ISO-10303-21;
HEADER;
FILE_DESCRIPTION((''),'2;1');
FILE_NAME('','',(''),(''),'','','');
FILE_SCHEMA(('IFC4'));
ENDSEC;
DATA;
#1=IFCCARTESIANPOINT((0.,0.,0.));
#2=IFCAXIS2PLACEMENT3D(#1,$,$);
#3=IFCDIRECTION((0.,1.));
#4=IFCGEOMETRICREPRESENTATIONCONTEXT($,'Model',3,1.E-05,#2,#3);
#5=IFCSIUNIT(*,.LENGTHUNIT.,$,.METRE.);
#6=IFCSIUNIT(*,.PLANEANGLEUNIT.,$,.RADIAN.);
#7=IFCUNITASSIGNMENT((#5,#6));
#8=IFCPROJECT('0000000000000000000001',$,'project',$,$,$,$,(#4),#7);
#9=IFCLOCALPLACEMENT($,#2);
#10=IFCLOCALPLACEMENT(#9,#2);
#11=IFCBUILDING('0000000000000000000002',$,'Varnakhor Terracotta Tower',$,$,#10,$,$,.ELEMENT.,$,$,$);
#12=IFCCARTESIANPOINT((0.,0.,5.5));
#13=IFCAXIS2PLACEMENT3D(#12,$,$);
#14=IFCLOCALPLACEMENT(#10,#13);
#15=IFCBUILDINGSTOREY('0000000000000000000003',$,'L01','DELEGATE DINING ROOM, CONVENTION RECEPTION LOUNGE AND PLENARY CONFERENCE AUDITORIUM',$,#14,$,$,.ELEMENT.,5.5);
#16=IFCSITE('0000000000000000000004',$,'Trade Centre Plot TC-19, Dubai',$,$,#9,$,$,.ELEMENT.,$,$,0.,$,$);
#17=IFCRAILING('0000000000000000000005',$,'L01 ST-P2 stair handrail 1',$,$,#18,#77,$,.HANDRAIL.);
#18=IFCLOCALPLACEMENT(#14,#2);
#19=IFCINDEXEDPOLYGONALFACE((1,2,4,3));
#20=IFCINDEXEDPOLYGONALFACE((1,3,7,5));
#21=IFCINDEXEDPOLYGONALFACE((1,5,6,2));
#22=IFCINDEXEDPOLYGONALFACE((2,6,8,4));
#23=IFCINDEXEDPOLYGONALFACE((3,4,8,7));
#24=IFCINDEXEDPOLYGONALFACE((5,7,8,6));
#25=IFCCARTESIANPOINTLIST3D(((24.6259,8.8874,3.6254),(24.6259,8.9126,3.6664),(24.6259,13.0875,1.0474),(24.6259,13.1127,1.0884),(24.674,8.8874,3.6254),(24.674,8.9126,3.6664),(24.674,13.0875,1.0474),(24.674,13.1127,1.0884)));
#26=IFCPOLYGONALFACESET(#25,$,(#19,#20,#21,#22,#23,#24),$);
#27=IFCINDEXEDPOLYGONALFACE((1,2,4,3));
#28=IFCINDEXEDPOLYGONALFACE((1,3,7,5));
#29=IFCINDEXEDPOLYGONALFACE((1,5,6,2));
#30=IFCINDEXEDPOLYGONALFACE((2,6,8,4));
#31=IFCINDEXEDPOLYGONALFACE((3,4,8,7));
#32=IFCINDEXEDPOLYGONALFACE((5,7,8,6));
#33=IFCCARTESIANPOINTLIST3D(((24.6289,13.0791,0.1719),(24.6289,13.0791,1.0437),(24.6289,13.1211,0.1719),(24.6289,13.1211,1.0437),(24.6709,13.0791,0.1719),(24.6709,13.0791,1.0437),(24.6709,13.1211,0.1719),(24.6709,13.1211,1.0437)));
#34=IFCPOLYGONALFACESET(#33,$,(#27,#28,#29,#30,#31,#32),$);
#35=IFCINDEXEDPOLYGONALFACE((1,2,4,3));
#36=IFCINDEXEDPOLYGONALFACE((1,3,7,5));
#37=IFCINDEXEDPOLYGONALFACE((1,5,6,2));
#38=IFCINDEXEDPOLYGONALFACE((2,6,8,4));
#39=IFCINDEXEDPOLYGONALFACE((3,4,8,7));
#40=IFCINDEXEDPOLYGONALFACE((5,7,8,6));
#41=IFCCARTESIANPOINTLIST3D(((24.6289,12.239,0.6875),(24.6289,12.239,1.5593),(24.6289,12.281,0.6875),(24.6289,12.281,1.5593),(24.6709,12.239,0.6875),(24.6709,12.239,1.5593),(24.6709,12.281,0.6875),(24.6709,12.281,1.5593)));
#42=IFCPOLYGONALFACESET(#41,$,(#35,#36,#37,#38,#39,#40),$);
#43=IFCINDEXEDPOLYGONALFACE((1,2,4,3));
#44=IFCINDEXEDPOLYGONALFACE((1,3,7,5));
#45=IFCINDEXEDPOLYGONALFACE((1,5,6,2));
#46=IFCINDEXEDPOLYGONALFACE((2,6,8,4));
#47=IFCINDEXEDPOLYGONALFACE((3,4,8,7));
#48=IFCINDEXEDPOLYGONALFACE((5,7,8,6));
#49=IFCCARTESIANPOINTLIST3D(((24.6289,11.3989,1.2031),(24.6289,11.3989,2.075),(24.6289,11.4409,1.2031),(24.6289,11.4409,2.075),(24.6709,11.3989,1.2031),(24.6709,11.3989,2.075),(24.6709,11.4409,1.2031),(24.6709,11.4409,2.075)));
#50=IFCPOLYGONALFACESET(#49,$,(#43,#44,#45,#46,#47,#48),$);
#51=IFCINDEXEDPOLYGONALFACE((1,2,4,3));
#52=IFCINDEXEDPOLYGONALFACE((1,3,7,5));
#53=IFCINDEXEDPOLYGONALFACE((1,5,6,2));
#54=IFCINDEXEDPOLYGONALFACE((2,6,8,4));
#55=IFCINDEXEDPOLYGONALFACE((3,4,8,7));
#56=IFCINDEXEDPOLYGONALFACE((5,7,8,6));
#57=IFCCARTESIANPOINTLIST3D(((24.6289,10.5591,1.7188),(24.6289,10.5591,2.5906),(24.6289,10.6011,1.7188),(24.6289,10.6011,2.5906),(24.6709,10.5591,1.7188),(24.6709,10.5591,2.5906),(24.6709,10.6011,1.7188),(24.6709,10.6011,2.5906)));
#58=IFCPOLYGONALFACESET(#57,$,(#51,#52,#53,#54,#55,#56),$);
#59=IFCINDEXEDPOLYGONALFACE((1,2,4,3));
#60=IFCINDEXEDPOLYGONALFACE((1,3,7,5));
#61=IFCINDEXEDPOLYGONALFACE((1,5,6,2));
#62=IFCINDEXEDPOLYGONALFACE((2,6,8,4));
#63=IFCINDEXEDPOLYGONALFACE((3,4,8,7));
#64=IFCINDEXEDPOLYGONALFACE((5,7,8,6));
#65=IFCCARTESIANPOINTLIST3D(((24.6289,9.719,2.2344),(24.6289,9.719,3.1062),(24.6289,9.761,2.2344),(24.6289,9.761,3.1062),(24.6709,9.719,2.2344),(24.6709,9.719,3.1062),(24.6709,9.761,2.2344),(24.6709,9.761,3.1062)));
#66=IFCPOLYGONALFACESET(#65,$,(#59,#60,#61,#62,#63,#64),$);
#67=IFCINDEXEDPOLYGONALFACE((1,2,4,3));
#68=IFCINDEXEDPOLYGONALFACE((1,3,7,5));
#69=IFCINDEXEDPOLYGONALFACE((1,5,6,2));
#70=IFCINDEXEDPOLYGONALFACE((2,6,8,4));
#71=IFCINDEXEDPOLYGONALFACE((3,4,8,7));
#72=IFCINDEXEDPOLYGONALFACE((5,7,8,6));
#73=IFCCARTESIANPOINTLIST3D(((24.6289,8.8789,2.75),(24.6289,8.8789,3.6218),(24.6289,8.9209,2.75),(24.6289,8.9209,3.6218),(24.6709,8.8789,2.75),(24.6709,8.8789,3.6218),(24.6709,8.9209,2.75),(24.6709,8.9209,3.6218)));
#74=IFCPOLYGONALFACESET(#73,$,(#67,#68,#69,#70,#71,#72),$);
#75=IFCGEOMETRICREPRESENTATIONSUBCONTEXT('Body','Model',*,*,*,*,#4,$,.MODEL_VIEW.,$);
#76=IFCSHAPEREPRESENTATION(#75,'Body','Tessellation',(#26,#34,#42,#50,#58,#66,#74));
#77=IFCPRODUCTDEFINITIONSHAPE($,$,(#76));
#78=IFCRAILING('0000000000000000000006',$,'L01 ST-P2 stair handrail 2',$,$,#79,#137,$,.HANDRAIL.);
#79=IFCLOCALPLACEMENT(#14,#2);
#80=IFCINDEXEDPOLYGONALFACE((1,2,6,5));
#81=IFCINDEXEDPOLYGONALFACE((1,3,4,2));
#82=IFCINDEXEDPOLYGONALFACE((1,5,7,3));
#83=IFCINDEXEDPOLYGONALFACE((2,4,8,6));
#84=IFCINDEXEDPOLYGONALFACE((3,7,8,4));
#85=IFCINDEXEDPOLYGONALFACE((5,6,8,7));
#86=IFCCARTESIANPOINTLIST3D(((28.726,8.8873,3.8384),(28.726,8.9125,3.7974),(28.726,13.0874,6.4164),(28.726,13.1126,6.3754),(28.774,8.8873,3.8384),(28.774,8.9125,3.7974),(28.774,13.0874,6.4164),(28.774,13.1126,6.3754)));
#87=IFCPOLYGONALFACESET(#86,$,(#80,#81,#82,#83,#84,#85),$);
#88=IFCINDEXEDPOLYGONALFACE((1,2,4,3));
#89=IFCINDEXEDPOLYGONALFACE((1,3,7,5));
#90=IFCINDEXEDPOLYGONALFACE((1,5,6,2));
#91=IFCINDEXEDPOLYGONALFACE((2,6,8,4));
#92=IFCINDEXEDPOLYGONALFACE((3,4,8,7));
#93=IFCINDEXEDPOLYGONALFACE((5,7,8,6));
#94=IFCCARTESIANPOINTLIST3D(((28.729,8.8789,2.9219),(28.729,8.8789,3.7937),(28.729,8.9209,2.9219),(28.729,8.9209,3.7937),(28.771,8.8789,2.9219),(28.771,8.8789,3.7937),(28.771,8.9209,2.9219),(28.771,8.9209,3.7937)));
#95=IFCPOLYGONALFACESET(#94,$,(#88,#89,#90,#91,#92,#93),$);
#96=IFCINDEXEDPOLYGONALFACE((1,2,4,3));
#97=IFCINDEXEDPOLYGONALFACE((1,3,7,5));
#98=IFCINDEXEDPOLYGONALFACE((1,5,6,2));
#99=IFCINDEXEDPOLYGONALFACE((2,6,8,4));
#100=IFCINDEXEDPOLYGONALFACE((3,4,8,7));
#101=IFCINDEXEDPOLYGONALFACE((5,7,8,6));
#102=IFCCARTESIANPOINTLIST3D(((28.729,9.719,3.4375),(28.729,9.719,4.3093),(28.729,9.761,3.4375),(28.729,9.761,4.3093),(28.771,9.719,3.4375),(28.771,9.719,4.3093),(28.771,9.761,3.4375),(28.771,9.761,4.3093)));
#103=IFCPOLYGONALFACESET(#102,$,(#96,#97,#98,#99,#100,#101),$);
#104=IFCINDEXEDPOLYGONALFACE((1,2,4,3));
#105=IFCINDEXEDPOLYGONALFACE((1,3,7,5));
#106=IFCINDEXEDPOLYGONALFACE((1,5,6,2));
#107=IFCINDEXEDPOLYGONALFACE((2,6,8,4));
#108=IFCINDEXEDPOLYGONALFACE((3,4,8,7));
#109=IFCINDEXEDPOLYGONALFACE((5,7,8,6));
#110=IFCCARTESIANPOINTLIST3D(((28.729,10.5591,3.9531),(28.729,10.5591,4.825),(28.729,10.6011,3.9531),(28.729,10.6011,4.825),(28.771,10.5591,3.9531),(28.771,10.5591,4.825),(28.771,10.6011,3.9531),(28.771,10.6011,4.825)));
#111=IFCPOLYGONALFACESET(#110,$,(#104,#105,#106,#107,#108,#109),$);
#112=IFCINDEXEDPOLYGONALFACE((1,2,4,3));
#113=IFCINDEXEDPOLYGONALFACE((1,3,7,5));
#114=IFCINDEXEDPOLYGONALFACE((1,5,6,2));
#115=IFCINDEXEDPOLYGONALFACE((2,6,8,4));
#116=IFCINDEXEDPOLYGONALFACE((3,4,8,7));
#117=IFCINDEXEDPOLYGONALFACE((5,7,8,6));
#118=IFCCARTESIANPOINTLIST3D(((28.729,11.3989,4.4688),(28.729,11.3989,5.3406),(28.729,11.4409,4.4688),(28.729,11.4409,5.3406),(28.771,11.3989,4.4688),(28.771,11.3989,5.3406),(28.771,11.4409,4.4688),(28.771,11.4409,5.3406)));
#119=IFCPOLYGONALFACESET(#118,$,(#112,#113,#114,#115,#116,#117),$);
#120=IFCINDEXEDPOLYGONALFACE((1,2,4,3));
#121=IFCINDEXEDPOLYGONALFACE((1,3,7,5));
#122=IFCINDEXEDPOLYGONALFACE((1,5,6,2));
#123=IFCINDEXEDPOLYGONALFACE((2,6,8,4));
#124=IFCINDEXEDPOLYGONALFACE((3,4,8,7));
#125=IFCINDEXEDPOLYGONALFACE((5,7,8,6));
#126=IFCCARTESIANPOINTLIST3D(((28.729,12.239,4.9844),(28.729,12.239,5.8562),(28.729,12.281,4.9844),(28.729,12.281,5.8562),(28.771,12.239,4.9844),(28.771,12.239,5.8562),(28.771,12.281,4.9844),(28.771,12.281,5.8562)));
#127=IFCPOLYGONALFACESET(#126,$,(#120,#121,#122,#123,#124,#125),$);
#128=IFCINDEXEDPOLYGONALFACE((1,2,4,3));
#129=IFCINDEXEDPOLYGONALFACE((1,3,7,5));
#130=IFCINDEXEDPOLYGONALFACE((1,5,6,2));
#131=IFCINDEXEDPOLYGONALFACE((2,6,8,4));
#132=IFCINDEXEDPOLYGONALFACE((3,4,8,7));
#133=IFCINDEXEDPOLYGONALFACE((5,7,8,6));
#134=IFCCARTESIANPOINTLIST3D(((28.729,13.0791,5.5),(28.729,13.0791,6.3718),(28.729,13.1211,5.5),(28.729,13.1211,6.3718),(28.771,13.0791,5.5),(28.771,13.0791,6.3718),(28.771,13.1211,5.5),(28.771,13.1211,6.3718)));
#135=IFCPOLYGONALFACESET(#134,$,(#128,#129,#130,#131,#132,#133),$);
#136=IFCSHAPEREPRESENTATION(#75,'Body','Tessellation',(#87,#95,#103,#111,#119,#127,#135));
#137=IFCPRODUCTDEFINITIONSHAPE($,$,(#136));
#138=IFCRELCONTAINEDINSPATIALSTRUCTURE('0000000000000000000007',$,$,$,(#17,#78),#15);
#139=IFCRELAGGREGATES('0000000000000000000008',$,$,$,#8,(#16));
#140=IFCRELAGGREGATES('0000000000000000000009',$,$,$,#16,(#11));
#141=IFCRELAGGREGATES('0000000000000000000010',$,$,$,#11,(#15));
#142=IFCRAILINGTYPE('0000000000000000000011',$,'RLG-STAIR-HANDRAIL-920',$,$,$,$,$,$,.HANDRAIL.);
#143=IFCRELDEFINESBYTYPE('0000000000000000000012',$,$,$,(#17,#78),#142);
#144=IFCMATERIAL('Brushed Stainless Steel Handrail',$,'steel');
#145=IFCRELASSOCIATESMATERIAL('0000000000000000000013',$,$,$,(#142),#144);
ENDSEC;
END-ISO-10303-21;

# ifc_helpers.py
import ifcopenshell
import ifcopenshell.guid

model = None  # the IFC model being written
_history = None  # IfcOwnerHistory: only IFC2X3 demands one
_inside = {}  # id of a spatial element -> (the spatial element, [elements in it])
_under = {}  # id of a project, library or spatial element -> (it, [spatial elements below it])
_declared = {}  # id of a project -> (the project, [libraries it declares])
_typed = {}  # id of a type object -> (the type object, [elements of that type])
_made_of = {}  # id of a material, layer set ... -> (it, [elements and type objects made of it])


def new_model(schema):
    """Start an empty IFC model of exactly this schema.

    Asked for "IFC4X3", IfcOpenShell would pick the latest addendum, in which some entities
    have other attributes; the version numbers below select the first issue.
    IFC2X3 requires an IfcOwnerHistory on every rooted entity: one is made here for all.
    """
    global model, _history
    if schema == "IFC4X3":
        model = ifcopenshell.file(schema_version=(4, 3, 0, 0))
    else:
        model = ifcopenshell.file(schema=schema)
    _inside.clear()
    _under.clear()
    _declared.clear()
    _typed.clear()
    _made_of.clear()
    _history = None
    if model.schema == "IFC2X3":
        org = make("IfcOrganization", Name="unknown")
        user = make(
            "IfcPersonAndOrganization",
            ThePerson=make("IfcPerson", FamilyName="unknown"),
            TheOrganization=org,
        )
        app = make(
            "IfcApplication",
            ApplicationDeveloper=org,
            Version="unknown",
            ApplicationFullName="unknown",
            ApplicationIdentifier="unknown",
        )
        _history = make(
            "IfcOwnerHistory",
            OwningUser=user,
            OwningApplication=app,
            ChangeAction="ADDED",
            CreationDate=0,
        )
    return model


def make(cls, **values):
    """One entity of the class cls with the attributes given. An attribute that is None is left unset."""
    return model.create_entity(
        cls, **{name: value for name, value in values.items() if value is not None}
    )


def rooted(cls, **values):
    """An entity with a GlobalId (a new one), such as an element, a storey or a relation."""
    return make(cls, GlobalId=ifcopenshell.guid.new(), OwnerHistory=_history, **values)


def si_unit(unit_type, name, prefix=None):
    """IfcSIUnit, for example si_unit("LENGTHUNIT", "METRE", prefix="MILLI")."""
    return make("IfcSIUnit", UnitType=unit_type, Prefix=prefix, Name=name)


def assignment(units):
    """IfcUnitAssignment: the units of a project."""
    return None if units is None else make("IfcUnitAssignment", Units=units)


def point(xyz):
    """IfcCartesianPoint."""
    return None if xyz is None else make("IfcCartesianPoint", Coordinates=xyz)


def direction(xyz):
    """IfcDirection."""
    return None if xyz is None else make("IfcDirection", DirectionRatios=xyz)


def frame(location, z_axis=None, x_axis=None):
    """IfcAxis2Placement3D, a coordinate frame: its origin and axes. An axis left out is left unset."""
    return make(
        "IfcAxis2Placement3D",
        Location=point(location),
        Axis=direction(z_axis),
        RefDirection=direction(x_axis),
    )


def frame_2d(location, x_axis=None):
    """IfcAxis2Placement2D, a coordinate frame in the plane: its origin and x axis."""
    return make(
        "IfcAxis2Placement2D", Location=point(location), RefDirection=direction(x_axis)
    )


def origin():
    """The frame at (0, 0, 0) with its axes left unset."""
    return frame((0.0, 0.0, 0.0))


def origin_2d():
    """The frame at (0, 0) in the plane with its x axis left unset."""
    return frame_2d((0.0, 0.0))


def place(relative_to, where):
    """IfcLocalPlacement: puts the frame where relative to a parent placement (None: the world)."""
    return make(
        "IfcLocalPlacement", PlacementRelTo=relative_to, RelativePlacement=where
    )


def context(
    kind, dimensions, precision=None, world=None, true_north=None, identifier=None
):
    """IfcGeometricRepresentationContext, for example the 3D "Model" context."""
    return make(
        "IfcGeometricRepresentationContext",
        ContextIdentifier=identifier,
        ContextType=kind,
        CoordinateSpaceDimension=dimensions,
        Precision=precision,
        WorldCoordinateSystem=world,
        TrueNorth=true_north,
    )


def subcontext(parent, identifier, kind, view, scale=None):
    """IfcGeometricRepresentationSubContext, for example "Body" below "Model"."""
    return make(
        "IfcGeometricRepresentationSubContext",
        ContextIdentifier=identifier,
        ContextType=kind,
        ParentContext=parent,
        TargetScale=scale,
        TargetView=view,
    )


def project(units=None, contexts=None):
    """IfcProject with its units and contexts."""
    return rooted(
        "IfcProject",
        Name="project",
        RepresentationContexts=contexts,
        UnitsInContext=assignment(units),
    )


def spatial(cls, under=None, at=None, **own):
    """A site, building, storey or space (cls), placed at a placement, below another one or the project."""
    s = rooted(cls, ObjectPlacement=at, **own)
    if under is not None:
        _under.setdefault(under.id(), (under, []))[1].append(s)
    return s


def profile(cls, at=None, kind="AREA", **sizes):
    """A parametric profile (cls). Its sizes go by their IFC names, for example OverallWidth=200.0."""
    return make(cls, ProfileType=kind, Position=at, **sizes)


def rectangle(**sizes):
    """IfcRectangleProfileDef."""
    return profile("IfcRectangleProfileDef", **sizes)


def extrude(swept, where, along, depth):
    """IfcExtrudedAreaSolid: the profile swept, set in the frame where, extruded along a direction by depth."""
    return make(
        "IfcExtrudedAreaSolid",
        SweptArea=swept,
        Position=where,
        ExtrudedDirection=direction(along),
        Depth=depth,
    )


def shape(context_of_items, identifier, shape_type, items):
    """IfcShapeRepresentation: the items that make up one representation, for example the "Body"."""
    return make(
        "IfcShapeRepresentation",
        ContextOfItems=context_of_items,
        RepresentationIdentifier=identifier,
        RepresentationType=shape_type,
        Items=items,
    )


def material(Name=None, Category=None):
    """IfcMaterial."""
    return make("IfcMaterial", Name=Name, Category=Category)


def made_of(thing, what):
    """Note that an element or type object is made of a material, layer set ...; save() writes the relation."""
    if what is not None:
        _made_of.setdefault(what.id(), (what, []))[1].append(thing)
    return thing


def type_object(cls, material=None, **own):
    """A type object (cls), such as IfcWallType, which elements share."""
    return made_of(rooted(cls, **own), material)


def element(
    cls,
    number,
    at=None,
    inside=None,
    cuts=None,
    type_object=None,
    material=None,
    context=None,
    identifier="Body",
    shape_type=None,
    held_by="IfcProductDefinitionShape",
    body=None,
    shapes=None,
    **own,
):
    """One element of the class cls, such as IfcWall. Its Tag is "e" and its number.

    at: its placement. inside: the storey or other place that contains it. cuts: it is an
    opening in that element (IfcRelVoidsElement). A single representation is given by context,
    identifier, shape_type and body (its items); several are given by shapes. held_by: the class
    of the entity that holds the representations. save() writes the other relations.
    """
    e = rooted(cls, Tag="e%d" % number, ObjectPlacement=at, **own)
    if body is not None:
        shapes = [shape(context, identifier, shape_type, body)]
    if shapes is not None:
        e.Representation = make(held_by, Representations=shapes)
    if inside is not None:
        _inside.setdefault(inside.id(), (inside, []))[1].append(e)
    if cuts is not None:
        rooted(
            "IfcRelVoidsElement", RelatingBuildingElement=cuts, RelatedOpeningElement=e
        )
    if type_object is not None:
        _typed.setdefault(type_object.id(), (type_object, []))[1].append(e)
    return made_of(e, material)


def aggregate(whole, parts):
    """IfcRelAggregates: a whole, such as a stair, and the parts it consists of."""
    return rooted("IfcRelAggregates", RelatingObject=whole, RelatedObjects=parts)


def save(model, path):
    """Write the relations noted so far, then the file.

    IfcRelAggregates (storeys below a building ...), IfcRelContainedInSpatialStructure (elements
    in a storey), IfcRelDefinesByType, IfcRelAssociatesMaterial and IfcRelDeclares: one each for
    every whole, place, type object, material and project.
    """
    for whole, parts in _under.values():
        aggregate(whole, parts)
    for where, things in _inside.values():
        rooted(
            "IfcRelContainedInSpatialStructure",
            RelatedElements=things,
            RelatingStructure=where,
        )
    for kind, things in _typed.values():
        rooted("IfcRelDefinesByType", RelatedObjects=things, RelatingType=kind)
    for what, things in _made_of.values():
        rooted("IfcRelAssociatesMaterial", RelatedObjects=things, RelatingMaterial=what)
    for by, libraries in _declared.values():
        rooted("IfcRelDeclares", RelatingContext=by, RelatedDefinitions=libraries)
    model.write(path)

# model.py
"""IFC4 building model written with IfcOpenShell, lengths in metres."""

from ifc_helpers import new_model, si_unit, direction, frame, origin, origin_2d, place, context, subcontext, project, spatial, rectangle, extrude, material, type_object, element, save


model = new_model("IFC4")

# Units and contexts
model_context = context("Model", 3, precision=1e-05, world=origin(), true_north=direction((0.0, 1.0)))
body_context = subcontext(model_context, "Body", "Model", "MODEL_VIEW")
ifc_project = project(units=[si_unit("LENGTHUNIT", "METRE"), si_unit("PLANEANGLEUNIT", "RADIAN")], contexts=[model_context])

# Site, building, storey
site_placement = place(None, origin())
site = spatial("IfcSite", under=ifc_project, at=site_placement, Name="Trade Centre Plot TC-19, Dubai", CompositionType="ELEMENT", RefElevation=0.0)
building_placement = place(site_placement, origin())
building = spatial("IfcBuilding", under=site, at=building_placement, Name="Varnakhor Terracotta Tower", CompositionType="ELEMENT")
storey_placement = place(building_placement, frame((0.0, 0.0, 5.5)))
storey = spatial("IfcBuildingStorey", under=building, at=storey_placement, Name="L01", Description="DELEGATE DINING ROOM, CONVENTION RECEPTION LOUNGE AND PLENARY CONFERENCE AUDITORIUM", CompositionType="ELEMENT", Elevation=5.5)

# Railings
ifc_material_1 = material(Name="Brushed Stainless Steel Handrail", Category="steel")
railing_type_1 = type_object("IfcRailingType", Name="RLG-STAIR-HANDRAIL-920", PredefinedType="HANDRAIL", material=ifc_material_1)
railing_1_placement = place(storey_placement, frame((24.6499, 13.1001, 0.1719)))
element("IfcRailing", 1, at=railing_1_placement, inside=storey, type_object=railing_type_1, Name="L01 ST-P2 stair handrail 1", PredefinedType="HANDRAIL", context=body_context, shape_type="SweptSolid", body=[
    extrude(rectangle(XDim=0.0481, YDim=0.0481, at=origin_2d()), frame((0.0, 0.0, 0.896), z_axis=(0.0, -0.852256, 0.523124), x_axis=(1.0, 0.0, 0.0)), (0.0, 0.0, 1.0), 4.9282),
    extrude(rectangle(XDim=0.042, YDim=0.042, at=origin_2d()), origin(), (0.0, 0.0, 1.0), 0.8718),
    extrude(rectangle(XDim=0.042, YDim=0.042, at=origin_2d()), frame((0.0, -0.8401, 0.5156)), (0.0, 0.0, 1.0), 0.8718),
    extrude(rectangle(XDim=0.042, YDim=0.042, at=origin_2d()), frame((0.0, -1.6802, 1.0312)), (0.0, 0.0, 1.0), 0.8718),
    extrude(rectangle(XDim=0.042, YDim=0.042, at=origin_2d()), frame((0.0, -2.52, 1.5469)), (0.0, 0.0, 1.0), 0.8718),
    extrude(rectangle(XDim=0.042, YDim=0.042, at=origin_2d()), frame((0.0, -3.3601, 2.0625)), (0.0, 0.0, 1.0), 0.8718),
    extrude(rectangle(XDim=0.042, YDim=0.042, at=origin_2d()), frame((0.0, -4.2002, 2.5781)), (0.0, 0.0, 1.0), 0.8718),
])
railing_2_placement = place(storey_placement, frame((28.75, 8.8999, 2.9219)))
element("IfcRailing", 2, at=railing_2_placement, inside=storey, type_object=railing_type_1, Name="L01 ST-P2 stair handrail 2", PredefinedType="HANDRAIL", context=body_context, shape_type="SweptSolid", body=[
    extrude(rectangle(XDim=0.0481, YDim=0.0481, at=origin_2d()), frame((0.0, 0.0, 0.896), z_axis=(0.0, 0.852256, 0.523124), x_axis=(-1.0, 0.0, 0.0)), (0.0, 0.0, 1.0), 4.9282),
    extrude(rectangle(XDim=0.042, YDim=0.042, at=origin_2d()), origin(), (0.0, 0.0, 1.0), 0.8718),
    extrude(rectangle(XDim=0.042, YDim=0.042, at=origin_2d()), frame((0.0, 0.8401, 0.5156)), (0.0, 0.0, 1.0), 0.8718),
    extrude(rectangle(XDim=0.042, YDim=0.042, at=origin_2d()), frame((0.0, 1.6802, 1.0312)), (0.0, 0.0, 1.0), 0.8718),
    extrude(rectangle(XDim=0.042, YDim=0.042, at=origin_2d()), frame((0.0, 2.52, 1.5469)), (0.0, 0.0, 1.0), 0.8718),
    extrude(rectangle(XDim=0.042, YDim=0.042, at=origin_2d()), frame((0.0, 3.3601, 2.0625)), (0.0, 0.0, 1.0), 0.8718),
    extrude(rectangle(XDim=0.042, YDim=0.042, at=origin_2d()), frame((0.0, 4.2002, 2.5781)), (0.0, 0.0, 1.0), 0.8718),
])

save(model, "model.ifc")
